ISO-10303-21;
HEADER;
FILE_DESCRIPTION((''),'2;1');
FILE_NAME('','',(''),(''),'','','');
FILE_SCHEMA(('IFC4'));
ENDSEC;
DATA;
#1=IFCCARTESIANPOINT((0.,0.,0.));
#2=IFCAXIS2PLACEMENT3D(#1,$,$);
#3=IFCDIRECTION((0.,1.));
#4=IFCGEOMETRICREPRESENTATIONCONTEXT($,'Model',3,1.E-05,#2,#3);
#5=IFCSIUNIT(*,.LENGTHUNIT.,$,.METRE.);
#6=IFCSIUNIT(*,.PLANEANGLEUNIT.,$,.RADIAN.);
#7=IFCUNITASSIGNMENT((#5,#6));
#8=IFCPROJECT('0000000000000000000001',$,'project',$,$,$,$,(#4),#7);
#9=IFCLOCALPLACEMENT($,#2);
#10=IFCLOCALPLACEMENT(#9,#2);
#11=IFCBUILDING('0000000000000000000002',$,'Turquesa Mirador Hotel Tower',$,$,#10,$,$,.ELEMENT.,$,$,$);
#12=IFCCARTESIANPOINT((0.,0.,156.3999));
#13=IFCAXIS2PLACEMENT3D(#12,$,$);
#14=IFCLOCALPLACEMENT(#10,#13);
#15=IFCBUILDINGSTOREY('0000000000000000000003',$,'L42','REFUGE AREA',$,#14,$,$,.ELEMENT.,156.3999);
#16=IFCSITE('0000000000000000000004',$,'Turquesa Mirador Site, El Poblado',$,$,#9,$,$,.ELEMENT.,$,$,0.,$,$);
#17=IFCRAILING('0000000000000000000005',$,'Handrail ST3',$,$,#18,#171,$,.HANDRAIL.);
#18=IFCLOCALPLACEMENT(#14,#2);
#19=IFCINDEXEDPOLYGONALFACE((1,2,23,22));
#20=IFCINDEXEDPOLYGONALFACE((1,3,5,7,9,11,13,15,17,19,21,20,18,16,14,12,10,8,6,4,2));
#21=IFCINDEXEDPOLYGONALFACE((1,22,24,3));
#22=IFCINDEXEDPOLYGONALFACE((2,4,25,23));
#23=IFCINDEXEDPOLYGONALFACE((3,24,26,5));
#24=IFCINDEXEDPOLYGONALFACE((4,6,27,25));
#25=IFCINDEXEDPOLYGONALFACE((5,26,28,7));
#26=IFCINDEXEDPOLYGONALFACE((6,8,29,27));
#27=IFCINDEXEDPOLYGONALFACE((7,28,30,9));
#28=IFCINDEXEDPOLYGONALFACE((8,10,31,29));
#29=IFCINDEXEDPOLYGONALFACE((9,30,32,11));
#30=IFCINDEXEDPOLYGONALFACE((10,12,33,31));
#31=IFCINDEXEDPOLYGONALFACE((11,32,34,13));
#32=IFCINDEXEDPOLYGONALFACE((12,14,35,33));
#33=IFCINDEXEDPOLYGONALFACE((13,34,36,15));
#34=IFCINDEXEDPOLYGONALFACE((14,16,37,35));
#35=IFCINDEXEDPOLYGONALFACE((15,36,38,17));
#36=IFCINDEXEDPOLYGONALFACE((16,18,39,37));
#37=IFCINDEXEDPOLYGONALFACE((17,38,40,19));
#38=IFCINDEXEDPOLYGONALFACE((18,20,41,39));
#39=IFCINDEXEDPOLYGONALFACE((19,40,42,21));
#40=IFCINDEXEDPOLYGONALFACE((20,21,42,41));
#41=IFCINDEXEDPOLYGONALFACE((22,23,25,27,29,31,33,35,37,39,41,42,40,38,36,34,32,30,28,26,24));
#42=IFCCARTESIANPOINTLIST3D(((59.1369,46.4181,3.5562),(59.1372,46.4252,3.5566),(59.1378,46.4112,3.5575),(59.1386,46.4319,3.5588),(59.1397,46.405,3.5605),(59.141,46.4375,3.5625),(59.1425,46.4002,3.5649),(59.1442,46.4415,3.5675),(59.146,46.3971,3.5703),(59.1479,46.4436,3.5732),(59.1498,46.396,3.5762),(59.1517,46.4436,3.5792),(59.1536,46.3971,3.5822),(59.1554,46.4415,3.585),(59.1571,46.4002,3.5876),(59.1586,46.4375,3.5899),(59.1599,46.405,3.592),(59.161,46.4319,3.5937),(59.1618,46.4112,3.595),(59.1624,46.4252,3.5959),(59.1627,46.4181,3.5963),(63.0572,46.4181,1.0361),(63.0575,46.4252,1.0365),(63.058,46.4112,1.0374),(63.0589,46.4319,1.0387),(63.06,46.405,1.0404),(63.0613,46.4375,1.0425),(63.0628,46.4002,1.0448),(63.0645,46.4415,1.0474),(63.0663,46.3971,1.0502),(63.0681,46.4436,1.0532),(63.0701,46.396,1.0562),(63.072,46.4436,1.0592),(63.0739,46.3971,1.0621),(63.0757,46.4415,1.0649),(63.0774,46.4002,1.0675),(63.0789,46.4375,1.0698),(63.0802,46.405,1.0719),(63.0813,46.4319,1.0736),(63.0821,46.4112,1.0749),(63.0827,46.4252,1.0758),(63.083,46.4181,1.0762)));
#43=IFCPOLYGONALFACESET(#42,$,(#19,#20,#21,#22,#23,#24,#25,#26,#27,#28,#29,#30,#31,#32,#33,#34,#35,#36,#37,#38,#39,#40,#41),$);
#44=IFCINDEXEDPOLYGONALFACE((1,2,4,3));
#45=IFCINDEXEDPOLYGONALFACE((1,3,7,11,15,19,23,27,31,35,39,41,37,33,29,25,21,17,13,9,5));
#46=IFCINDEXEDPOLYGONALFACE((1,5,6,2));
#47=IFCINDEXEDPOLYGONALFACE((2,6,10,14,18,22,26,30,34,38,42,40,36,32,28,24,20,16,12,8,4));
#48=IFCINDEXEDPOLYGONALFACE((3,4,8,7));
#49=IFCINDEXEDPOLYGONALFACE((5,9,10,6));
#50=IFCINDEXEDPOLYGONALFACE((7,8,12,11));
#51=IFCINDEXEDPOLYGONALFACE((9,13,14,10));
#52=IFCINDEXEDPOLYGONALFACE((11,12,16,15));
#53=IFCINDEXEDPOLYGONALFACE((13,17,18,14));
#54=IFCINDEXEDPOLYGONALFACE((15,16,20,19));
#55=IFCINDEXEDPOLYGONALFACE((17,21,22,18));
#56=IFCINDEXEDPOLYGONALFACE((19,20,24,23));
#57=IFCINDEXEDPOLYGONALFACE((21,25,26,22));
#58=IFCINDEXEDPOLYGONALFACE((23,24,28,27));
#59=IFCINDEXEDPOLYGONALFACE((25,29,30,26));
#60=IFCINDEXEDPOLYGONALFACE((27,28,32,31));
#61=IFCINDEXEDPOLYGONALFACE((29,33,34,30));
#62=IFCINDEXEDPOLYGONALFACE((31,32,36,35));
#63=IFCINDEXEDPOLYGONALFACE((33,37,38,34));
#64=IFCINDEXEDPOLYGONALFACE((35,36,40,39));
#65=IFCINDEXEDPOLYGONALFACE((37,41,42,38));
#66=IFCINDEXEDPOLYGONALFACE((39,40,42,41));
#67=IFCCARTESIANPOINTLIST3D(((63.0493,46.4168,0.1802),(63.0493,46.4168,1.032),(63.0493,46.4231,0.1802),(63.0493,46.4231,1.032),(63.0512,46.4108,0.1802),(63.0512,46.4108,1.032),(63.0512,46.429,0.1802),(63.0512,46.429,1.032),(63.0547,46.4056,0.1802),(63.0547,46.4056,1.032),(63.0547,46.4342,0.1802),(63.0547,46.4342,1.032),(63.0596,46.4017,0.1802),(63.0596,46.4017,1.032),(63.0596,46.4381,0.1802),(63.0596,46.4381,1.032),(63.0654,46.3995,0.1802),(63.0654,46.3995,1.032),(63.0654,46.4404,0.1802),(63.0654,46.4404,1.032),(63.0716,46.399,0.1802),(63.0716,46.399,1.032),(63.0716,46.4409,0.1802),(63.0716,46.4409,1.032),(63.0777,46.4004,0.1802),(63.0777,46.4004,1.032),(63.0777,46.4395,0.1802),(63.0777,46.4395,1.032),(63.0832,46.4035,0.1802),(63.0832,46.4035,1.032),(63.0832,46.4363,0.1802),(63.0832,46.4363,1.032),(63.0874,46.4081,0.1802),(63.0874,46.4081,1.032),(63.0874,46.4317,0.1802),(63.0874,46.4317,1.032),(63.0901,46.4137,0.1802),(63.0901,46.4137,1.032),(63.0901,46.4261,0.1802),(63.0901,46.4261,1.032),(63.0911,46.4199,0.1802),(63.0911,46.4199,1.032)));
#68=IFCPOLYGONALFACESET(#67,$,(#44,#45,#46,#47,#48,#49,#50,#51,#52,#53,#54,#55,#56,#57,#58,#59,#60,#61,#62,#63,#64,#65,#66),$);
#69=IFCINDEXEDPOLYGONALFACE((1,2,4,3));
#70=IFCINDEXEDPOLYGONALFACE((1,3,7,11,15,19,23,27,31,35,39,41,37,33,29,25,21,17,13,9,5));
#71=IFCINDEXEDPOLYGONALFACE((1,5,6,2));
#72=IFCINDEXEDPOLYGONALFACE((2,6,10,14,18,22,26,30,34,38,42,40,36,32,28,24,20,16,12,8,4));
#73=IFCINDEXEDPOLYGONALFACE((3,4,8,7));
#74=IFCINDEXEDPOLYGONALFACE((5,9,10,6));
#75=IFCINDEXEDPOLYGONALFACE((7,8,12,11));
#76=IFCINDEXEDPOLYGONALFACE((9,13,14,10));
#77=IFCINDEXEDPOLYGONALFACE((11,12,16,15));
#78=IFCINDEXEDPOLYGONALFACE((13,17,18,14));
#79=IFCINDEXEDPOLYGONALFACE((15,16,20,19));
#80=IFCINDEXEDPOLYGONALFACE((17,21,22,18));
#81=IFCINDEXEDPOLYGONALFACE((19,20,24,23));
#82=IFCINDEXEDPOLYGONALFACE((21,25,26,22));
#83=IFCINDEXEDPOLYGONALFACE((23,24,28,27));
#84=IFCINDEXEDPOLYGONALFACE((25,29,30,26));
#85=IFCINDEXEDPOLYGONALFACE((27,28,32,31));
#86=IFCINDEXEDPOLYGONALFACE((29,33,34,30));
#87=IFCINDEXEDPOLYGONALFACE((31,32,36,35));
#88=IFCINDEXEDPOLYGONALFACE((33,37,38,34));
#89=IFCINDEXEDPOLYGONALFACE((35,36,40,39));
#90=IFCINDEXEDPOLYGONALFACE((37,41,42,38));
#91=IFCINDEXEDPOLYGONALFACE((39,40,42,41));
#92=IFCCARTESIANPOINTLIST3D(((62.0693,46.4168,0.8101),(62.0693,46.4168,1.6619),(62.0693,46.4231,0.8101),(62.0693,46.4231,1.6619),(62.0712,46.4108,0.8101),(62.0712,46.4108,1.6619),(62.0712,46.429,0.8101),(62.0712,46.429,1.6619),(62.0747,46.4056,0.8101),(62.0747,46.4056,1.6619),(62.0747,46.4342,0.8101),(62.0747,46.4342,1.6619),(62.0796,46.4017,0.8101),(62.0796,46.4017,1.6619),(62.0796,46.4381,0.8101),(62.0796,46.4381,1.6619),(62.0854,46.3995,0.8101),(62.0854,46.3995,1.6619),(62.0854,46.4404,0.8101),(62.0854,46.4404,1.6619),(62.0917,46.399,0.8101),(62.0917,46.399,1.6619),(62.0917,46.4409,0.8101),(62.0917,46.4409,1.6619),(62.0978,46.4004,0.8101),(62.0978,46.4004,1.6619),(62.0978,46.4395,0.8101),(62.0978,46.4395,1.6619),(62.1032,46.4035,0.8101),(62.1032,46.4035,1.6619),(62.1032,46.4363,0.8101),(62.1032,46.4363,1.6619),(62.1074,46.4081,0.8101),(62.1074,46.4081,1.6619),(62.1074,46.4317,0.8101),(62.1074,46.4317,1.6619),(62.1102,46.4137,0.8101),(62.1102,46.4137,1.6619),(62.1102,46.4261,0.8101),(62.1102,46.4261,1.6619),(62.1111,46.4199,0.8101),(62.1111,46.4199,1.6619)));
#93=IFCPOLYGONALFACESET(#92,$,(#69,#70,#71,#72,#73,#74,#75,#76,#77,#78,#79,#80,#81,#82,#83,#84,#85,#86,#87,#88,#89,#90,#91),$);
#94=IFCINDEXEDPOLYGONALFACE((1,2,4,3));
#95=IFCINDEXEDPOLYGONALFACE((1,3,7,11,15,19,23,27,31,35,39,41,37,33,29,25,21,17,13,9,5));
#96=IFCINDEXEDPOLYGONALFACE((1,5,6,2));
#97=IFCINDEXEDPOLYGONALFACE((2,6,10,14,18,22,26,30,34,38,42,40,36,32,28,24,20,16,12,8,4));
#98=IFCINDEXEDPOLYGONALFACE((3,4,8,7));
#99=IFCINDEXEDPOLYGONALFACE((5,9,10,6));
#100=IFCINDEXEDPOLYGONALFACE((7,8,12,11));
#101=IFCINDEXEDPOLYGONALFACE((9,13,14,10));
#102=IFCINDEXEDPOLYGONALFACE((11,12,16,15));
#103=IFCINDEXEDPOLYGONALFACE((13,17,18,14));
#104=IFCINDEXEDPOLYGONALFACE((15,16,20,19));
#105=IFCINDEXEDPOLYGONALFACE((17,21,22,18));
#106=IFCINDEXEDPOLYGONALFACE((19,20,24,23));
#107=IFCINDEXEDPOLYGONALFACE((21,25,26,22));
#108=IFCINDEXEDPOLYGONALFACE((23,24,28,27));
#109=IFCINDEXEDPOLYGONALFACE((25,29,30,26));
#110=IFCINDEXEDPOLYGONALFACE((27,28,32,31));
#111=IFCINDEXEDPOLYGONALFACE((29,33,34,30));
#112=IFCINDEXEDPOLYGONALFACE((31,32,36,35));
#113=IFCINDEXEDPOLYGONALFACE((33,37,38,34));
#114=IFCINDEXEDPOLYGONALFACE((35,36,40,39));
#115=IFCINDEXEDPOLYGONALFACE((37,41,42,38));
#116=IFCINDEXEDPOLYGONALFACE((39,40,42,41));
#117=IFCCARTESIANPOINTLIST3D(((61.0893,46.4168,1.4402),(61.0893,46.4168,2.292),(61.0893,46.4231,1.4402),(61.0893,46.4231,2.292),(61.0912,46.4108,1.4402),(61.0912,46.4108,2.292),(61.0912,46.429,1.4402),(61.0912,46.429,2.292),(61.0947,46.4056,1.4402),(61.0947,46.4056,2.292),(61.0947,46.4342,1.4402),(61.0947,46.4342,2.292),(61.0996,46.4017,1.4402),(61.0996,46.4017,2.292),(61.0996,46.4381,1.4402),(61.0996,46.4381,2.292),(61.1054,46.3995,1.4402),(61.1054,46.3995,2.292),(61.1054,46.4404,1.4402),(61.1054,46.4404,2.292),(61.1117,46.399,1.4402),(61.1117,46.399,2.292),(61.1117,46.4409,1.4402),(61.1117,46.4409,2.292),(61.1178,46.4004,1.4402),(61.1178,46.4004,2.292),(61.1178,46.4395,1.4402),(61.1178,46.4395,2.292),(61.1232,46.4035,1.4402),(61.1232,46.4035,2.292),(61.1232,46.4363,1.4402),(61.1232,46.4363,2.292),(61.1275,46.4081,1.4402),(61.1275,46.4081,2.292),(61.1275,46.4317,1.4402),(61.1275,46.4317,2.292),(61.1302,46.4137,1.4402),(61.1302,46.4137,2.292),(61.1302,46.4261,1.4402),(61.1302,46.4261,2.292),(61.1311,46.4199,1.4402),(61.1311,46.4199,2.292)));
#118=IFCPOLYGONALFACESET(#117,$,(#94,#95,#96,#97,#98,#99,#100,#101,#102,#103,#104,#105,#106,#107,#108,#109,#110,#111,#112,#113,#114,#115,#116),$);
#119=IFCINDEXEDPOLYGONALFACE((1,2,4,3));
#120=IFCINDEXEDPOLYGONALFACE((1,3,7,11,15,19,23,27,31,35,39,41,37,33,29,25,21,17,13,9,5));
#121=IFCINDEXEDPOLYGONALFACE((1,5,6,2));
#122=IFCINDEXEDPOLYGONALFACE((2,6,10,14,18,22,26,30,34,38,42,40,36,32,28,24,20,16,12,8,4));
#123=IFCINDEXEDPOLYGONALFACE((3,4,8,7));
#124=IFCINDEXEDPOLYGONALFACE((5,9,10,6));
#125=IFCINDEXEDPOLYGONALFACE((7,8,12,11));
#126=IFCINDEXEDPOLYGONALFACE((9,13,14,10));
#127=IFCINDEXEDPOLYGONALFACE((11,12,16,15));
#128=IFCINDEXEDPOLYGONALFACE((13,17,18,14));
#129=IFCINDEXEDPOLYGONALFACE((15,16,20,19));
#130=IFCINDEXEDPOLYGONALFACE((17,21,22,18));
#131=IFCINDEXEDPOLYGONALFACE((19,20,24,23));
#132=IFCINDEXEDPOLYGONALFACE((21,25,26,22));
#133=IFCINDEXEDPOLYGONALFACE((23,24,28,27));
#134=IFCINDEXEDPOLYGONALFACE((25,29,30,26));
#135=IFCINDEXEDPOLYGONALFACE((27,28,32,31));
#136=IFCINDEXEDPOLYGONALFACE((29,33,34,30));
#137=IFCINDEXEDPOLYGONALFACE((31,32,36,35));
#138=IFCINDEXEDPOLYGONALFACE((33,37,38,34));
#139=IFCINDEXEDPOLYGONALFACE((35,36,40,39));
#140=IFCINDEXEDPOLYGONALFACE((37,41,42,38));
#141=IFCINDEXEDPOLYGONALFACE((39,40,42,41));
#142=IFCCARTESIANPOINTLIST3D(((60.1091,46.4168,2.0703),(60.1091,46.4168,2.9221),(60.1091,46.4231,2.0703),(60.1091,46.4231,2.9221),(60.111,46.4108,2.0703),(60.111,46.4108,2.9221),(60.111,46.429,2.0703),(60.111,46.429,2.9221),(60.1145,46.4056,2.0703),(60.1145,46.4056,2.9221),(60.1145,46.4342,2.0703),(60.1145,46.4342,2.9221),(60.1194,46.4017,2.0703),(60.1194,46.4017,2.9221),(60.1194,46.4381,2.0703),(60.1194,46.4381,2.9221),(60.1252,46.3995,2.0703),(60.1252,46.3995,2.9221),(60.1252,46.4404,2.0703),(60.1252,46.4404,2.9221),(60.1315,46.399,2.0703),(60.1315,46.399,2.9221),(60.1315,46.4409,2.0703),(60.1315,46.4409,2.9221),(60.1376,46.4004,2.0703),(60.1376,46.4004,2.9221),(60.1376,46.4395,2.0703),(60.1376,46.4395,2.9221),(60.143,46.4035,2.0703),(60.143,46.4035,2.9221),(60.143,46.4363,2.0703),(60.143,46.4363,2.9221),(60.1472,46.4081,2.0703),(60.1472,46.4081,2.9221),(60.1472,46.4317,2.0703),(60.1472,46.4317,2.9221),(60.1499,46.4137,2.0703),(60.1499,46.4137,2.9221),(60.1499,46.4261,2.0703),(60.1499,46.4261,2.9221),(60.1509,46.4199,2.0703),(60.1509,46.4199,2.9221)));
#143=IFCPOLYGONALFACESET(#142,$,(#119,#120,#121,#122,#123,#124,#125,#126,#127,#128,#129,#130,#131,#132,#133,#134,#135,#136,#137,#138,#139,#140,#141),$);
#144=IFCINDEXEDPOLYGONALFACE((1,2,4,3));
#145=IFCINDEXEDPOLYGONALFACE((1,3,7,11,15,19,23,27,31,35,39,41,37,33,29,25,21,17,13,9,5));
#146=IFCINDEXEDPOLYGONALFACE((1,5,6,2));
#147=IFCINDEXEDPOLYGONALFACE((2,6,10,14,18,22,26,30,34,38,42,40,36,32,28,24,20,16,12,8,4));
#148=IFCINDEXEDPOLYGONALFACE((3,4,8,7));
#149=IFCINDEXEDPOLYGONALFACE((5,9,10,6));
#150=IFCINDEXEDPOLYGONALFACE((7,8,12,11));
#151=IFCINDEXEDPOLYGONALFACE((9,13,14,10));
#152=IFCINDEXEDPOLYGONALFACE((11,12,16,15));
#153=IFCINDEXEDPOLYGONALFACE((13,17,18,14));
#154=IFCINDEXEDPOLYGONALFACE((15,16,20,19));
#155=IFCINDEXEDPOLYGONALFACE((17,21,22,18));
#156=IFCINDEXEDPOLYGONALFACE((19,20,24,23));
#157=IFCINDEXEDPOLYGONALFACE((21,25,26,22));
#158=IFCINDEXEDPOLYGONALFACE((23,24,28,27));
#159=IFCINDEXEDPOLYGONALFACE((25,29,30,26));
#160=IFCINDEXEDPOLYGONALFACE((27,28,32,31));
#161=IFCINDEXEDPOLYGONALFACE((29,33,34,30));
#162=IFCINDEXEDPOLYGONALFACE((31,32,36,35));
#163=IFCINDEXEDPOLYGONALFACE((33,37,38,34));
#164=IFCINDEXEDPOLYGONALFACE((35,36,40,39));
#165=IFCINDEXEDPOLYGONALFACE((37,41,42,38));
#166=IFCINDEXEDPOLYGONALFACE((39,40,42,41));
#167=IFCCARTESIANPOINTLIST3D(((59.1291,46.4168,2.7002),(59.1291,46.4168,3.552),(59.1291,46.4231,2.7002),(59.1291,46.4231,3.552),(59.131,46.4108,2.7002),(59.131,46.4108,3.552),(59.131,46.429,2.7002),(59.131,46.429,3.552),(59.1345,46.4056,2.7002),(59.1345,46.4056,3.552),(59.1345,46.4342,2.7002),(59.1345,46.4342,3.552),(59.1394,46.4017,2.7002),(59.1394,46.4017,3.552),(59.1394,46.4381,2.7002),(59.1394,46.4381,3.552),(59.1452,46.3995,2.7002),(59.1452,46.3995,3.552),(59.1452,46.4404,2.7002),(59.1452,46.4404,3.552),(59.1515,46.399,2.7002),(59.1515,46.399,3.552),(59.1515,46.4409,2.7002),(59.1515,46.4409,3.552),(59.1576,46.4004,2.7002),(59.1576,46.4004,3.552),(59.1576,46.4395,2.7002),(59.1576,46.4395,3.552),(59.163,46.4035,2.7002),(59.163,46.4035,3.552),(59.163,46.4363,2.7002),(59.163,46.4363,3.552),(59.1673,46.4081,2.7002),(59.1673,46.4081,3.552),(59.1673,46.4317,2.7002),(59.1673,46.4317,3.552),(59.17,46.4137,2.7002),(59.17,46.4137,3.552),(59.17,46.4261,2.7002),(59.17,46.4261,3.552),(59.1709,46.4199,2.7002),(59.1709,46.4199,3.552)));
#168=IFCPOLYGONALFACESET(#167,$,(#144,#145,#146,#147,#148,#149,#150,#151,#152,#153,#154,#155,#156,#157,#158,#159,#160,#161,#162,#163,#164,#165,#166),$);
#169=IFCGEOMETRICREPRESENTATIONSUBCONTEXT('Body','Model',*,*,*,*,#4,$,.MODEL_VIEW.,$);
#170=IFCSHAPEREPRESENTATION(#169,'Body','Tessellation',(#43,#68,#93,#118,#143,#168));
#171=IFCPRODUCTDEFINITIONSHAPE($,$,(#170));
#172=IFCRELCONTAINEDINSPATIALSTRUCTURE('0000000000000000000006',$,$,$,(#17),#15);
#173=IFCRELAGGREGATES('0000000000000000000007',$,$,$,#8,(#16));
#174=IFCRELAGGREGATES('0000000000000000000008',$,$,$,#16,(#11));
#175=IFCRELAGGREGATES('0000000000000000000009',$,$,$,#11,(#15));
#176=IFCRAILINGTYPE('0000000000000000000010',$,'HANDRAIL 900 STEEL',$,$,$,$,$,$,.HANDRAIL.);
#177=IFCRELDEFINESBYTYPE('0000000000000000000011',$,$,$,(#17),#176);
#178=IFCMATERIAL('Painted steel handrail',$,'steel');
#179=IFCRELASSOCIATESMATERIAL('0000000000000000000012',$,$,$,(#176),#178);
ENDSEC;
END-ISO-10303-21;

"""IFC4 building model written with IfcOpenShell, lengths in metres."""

from ifc_helpers import new_model, si_unit, direction, frame, origin, origin_2d, place, context, subcontext, project, spatial, circle, extrude, material, type_object, element, save


model = new_model("IFC4")

# Units and contexts
model_context = context("Model", 3, precision=1e-05, world=origin(), true_north=direction((0.0, 1.0)))
body_context = subcontext(model_context, "Body", "Model", "MODEL_VIEW")
ifc_project = project(units=[si_unit("LENGTHUNIT", "METRE"), si_unit("PLANEANGLEUNIT", "RADIAN")], contexts=[model_context])

# Site, building, storey
site_placement = place(None, origin())
site = spatial("IfcSite", under=ifc_project, at=site_placement, Name="Turquesa Mirador Site, El Poblado", CompositionType="ELEMENT", RefElevation=0.0)
building_placement = place(site_placement, origin())
building = spatial("IfcBuilding", under=site, at=building_placement, Name="Turquesa Mirador Hotel Tower", CompositionType="ELEMENT")
storey_placement = place(building_placement, frame((0.0, 0.0, 156.3999)))
storey = spatial("IfcBuildingStorey", under=building, at=storey_placement, Name="L42", Description="REFUGE AREA", CompositionType="ELEMENT", Elevation=156.3999)

# Railing
ifc_material_1 = material(Name="Painted steel handrail", Category="steel")
railing_type = type_object("IfcRailingType", Name="HANDRAIL 900 STEEL", PredefinedType="HANDRAIL", material=ifc_material_1)
for number, where, name in (
    (1, (63.0701, 46.4199, 0.1802), "Handrail ST3"),
):
    element("IfcRailing", number, at=place(storey_placement, frame(where)), inside=storey, type_object=railing_type, Name=name, PredefinedType="HANDRAIL", context=body_context, shape_type="SweptSolid", body=[
        extrude(circle(Radius=0.0239, at=origin_2d()), frame((0.0, 0.0, 0.876), z_axis=(-0.841187, 0.0, 0.540744), x_axis=(0.0, -1.0, 0.0)), (0.0, 0.0, 1.0), 4.6604),
        extrude(circle(Radius=0.021, at=origin_2d()), origin(), (0.0, 0.0, 1.0), 0.8518),
        extrude(circle(Radius=0.021, at=origin_2d()), frame((-0.98, 0.0, 0.6299)), (0.0, 0.0, 1.0), 0.8518),
        extrude(circle(Radius=0.021, at=origin_2d()), frame((-1.96, 0.0, 1.26)), (0.0, 0.0, 1.0), 0.8518),
        extrude(circle(Radius=0.021, at=origin_2d()), frame((-2.9402, 0.0, 1.8901)), (0.0, 0.0, 1.0), 0.8518),
        extrude(circle(Radius=0.021, at=origin_2d()), frame((-3.9202, 0.0, 2.52)), (0.0, 0.0, 1.0), 0.8518),
    ])

save(model, "model.ifc")
